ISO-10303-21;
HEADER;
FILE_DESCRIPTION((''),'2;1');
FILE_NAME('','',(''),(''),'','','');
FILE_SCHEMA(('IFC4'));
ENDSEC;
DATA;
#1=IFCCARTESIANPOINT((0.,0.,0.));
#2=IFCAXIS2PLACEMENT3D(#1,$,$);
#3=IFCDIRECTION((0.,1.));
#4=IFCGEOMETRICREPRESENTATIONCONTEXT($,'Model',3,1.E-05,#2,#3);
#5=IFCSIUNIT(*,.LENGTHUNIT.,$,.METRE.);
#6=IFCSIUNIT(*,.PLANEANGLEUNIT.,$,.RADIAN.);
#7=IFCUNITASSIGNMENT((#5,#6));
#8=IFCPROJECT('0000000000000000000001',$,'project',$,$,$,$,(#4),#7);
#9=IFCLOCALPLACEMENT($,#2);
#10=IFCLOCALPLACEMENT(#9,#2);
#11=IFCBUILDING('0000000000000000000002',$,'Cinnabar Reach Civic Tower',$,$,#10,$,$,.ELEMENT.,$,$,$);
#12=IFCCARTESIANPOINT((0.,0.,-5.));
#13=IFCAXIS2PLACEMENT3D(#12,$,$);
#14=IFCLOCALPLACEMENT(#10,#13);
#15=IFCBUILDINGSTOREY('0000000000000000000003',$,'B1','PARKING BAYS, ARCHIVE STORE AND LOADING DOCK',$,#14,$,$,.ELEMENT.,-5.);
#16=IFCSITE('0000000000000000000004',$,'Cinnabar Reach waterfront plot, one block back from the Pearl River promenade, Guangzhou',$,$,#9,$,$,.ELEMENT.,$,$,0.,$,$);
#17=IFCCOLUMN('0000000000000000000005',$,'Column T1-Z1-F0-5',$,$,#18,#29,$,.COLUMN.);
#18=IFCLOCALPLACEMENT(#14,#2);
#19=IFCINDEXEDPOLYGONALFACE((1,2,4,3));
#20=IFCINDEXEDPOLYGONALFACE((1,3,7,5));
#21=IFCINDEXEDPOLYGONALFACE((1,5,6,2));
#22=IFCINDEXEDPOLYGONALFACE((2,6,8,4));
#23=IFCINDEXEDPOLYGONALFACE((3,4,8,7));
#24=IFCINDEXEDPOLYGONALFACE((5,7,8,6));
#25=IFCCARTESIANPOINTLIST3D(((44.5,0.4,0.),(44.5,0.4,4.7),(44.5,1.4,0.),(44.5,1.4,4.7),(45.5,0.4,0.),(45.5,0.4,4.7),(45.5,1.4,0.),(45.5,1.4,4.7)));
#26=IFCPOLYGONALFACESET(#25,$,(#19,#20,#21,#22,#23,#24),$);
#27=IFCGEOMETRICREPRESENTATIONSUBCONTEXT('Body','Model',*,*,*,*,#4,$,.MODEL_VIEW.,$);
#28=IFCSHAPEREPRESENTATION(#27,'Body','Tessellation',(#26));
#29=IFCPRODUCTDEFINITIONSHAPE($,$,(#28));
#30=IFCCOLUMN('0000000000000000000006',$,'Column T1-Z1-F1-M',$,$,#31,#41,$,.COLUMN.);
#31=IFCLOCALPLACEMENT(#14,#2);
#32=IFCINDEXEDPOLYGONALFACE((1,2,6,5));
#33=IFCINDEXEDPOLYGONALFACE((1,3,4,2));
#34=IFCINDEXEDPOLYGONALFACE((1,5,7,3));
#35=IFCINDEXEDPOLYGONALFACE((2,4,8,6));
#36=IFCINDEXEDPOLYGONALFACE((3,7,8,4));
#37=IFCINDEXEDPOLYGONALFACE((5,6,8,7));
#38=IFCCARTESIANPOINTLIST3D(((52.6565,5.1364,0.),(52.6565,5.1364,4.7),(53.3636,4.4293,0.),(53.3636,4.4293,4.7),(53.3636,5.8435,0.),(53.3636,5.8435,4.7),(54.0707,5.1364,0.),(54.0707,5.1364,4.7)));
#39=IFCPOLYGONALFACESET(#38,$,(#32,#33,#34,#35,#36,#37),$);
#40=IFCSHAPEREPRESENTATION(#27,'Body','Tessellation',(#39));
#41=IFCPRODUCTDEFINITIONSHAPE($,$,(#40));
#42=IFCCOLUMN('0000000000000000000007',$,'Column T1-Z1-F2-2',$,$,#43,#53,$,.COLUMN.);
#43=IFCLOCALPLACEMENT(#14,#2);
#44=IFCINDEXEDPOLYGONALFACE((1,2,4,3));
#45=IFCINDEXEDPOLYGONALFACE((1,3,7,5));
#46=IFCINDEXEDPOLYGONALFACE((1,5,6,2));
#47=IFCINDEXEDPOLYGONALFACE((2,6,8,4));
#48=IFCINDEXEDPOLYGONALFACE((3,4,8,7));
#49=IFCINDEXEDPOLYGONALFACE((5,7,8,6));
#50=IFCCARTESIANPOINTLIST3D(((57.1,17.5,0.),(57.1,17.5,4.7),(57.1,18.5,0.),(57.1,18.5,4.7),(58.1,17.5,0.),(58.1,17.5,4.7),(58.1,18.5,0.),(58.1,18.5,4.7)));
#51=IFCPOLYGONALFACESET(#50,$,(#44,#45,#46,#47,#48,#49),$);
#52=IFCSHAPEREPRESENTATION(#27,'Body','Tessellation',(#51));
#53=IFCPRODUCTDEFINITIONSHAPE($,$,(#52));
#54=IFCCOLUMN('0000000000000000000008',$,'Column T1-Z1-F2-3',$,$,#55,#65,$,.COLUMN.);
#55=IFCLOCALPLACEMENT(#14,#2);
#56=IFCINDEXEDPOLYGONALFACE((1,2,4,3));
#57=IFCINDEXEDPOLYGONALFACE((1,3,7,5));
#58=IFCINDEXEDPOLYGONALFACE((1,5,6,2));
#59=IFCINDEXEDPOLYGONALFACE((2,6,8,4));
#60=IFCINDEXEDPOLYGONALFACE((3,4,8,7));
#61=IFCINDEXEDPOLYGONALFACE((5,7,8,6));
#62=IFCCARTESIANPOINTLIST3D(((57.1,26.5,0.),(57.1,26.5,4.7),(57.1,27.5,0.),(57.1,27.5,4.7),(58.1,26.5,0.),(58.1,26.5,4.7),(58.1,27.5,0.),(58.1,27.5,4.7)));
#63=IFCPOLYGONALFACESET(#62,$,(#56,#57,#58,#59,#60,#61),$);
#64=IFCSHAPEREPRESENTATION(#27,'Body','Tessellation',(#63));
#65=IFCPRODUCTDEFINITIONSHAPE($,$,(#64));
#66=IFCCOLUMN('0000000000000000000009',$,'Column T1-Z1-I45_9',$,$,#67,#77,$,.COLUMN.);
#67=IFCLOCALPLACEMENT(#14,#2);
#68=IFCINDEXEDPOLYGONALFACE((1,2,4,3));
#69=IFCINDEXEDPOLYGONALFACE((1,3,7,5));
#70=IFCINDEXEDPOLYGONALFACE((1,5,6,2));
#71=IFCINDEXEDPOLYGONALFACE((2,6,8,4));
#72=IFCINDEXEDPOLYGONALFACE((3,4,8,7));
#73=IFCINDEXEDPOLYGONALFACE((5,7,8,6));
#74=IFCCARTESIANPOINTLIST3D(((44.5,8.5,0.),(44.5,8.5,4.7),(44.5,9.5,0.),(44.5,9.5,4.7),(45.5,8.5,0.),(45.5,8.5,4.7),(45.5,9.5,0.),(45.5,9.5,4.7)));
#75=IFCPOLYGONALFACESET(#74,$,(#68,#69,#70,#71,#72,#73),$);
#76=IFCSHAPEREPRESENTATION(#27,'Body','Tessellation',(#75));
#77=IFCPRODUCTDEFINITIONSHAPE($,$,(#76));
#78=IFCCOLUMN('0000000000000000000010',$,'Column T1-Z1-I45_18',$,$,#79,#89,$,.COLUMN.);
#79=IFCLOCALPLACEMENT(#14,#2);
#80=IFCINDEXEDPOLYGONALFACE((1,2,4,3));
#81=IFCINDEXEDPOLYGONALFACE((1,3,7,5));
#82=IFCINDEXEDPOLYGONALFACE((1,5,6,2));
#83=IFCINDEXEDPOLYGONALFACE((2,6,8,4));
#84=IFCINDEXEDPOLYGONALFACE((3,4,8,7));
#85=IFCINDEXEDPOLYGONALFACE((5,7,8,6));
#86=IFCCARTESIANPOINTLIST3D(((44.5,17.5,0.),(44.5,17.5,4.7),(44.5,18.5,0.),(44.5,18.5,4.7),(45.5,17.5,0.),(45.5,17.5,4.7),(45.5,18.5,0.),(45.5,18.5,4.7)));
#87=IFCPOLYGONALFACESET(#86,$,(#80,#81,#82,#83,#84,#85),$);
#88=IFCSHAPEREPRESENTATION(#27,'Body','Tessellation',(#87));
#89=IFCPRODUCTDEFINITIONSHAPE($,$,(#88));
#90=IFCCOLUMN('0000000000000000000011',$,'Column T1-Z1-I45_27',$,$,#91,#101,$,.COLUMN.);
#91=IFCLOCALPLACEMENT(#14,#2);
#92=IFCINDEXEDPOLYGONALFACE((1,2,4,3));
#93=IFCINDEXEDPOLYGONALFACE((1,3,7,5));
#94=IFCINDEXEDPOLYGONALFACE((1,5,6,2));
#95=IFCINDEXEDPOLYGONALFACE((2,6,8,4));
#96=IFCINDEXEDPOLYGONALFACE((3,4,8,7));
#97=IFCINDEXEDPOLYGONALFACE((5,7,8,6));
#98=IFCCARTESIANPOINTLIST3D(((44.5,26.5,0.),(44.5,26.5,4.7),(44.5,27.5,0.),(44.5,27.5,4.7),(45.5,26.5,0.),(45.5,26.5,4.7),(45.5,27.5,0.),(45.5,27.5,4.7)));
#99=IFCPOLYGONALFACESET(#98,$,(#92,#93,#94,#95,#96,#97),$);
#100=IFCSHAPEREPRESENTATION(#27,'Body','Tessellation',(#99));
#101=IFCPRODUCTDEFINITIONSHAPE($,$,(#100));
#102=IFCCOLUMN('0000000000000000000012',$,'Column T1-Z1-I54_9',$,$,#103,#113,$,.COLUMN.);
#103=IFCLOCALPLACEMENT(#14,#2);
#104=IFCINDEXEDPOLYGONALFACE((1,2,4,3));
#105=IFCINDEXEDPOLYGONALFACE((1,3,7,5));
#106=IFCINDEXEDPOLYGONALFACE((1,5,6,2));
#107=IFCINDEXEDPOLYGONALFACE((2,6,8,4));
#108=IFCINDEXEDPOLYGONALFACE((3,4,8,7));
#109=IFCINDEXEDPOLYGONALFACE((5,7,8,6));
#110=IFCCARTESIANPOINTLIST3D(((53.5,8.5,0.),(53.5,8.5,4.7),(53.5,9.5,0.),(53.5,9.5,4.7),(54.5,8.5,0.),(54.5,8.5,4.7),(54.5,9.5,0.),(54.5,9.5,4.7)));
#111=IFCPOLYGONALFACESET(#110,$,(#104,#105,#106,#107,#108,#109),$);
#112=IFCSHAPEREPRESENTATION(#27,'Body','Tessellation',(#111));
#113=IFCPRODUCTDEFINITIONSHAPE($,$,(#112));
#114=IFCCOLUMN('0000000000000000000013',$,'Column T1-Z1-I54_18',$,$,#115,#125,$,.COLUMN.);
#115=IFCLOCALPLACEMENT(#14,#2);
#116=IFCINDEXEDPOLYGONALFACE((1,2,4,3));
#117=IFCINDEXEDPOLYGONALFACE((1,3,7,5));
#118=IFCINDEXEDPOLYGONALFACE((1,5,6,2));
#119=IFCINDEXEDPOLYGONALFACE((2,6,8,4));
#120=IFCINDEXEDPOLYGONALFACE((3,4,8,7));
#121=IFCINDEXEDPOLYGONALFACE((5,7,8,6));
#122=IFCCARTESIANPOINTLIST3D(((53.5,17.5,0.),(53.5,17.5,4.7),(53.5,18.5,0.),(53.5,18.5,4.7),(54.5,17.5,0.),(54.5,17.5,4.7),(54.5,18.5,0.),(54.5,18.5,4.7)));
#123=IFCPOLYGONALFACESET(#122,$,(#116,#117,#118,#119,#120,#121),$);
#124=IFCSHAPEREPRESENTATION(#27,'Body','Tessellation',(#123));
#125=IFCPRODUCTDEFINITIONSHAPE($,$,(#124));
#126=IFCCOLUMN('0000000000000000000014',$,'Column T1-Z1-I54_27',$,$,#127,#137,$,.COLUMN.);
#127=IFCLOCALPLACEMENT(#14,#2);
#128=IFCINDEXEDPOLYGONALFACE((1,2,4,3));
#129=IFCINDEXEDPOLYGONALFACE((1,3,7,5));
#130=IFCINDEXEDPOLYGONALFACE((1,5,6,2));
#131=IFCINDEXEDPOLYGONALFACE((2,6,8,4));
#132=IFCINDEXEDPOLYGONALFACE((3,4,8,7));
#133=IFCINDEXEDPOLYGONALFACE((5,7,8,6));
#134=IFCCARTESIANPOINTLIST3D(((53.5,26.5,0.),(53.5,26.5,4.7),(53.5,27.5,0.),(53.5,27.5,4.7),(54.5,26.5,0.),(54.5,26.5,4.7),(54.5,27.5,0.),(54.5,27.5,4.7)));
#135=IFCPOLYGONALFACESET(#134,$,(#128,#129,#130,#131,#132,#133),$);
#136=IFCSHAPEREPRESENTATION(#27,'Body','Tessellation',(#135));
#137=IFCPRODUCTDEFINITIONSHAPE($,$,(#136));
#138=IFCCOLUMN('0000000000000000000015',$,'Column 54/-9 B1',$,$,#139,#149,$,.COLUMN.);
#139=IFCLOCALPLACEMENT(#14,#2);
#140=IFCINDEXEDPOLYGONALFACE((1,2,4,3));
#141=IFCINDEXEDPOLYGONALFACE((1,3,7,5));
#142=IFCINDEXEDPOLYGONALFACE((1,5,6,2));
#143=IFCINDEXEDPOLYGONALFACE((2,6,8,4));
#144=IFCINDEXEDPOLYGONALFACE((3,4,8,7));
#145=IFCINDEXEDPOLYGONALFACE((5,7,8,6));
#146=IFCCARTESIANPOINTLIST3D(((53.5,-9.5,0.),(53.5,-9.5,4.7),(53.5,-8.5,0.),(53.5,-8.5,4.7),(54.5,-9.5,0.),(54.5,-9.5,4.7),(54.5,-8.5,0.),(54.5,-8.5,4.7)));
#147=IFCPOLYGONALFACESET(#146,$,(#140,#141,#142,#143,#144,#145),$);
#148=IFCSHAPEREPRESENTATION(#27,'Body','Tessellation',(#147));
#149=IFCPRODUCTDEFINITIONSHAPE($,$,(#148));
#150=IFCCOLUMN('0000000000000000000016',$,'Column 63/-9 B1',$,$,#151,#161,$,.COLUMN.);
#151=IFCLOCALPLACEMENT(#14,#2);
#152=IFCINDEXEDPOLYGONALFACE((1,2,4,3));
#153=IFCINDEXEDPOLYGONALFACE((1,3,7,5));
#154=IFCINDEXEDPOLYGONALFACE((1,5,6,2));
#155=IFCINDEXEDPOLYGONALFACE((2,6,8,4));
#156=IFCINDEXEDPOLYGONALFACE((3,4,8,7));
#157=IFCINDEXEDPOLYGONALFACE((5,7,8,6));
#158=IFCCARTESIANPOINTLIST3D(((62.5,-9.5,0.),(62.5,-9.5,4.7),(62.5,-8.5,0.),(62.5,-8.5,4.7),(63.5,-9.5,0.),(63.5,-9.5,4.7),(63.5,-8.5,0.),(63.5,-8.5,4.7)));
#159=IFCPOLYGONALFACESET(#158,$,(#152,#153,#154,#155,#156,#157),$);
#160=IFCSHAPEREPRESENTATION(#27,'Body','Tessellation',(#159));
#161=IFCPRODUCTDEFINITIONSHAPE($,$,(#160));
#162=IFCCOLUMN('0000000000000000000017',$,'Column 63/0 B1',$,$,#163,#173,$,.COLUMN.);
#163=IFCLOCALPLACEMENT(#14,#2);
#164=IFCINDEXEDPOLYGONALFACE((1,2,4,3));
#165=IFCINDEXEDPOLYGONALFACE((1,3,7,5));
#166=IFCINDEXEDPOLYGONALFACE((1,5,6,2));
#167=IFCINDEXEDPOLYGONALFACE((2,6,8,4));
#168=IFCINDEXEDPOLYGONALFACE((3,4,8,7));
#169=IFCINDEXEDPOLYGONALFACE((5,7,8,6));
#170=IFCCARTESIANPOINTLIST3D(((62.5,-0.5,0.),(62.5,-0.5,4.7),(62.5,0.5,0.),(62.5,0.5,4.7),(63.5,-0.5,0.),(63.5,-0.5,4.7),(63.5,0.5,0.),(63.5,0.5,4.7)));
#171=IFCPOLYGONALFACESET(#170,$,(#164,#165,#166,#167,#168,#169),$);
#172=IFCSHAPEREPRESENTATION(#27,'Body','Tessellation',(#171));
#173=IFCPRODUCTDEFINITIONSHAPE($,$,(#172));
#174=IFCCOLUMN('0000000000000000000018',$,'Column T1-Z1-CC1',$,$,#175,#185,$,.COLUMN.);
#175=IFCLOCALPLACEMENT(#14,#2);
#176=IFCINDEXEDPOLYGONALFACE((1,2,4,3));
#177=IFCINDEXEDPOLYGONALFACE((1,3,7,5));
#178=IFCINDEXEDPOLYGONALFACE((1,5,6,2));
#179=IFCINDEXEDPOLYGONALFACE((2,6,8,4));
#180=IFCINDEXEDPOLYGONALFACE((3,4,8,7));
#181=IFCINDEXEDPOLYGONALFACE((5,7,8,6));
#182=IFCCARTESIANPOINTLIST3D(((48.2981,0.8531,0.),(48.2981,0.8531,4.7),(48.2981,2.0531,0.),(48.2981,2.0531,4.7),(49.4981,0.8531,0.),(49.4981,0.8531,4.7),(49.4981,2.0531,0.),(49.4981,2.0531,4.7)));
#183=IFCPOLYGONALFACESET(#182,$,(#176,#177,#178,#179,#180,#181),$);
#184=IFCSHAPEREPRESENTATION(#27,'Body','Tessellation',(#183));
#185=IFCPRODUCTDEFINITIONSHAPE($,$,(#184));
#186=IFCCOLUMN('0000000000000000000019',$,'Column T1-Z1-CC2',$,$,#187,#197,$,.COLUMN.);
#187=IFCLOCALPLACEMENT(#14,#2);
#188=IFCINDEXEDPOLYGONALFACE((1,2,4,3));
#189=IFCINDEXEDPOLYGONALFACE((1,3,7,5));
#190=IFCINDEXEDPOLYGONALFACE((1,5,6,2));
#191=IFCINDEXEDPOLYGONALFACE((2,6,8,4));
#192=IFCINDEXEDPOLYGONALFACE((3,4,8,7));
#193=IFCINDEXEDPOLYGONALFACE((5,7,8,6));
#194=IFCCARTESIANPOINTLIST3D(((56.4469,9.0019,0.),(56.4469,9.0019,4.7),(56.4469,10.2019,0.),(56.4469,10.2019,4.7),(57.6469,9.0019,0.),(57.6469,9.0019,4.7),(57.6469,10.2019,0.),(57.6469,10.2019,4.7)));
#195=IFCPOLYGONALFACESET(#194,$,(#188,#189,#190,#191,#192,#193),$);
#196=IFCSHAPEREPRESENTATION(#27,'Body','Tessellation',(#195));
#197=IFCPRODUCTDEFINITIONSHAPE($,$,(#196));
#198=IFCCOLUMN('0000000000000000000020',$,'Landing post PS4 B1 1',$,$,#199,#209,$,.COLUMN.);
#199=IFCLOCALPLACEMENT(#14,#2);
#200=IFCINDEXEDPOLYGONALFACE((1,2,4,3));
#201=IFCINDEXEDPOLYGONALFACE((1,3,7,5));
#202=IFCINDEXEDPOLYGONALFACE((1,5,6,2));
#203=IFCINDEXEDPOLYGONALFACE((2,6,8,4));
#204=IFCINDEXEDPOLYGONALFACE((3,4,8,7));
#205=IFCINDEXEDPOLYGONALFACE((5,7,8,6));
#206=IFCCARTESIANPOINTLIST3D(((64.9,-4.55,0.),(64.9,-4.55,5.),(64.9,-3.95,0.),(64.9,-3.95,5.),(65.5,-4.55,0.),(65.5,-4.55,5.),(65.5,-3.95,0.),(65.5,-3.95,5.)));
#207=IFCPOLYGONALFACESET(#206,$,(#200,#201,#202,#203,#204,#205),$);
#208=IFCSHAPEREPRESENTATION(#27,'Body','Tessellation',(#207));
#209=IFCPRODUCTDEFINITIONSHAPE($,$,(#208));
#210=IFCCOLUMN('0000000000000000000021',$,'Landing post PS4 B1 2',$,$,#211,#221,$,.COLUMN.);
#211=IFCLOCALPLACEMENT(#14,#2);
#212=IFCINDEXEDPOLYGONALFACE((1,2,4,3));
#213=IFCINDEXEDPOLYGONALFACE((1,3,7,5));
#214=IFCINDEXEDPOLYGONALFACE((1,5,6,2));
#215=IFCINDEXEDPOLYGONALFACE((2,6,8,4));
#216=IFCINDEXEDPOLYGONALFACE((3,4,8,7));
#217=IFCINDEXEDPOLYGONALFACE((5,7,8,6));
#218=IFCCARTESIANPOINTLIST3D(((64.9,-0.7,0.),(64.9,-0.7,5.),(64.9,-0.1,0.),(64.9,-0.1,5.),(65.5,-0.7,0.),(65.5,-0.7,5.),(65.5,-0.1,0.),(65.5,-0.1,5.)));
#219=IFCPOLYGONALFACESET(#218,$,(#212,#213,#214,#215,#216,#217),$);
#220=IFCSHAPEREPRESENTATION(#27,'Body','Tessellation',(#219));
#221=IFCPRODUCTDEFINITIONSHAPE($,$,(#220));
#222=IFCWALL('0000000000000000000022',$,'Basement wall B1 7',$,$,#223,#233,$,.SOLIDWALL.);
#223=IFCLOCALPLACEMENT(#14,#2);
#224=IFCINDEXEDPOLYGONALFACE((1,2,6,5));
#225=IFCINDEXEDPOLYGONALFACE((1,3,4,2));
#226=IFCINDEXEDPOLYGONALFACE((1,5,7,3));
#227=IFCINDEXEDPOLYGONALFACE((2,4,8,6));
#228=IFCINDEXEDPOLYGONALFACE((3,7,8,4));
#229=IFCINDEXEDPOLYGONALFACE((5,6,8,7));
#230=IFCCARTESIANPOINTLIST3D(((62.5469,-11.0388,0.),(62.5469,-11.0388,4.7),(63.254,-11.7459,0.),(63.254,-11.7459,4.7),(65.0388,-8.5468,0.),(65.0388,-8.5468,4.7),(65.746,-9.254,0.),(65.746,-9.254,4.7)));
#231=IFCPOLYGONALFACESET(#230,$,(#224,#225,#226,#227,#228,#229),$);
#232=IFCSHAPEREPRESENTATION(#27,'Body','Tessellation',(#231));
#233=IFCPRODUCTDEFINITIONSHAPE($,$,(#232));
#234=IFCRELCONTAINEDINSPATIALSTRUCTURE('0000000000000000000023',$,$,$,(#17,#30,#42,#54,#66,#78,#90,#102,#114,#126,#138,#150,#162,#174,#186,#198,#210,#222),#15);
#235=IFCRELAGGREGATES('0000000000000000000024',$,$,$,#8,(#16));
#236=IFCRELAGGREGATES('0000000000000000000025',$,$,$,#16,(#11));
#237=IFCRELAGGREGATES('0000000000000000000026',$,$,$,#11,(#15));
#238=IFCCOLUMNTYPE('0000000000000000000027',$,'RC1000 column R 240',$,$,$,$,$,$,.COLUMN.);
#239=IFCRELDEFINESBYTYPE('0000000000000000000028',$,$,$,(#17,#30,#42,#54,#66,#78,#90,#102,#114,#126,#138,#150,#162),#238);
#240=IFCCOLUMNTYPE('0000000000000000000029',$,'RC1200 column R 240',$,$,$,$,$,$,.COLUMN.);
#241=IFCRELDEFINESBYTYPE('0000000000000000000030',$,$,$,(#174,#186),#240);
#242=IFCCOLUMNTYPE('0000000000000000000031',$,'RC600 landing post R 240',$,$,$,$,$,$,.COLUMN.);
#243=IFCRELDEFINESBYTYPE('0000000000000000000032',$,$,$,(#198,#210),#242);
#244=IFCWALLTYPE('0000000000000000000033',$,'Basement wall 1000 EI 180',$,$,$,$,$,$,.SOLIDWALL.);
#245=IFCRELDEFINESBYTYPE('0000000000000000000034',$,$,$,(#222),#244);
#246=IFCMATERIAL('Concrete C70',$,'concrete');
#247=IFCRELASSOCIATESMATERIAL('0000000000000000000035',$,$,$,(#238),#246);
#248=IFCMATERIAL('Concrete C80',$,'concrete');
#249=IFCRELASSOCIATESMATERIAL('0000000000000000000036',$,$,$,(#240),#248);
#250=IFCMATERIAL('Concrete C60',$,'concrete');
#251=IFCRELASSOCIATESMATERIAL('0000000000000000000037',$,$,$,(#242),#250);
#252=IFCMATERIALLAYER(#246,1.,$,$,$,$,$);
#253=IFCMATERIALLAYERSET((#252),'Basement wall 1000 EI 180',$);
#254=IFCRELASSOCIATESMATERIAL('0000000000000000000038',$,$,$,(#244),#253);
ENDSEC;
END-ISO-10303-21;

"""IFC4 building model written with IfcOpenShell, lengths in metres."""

from ifc_helpers import new_model, si_unit, direction, frame, frame_2d, origin, origin_2d, place, context, subcontext, project, spatial, rectangle, extrude, material, layer, layer_set, material_profile, profile_set, type_object, element, save


model = new_model("IFC4")

# Units and contexts
model_context = context("Model", 3, precision=1e-05, world=origin(), true_north=direction((0.0, 1.0)))
body_context = subcontext(model_context, "Body", "Model", "MODEL_VIEW")
ifc_project = project(units=[si_unit("LENGTHUNIT", "METRE"), si_unit("PLANEANGLEUNIT", "RADIAN")], contexts=[model_context])

# Site, building, storey
site_placement = place(None, origin())
site = spatial("IfcSite", under=ifc_project, at=site_placement, Name="Cinnabar Reach waterfront plot, one block back from the Pearl River promenade, Guangzhou", CompositionType="ELEMENT", RefElevation=0.0)
building_placement = place(site_placement, origin())
building = spatial("IfcBuilding", under=site, at=building_placement, Name="Cinnabar Reach Civic Tower", CompositionType="ELEMENT")
storey_placement = place(building_placement, frame((0.0, 0.0, -5.0)))
storey = spatial("IfcBuildingStorey", under=building, at=storey_placement, Name="B1", Description="PARKING BAYS, ARCHIVE STORE AND LOADING DOCK", CompositionType="ELEMENT", Elevation=-5.0)

# Columns
ifc_material_1 = material(Name="Concrete C70", Category="concrete")
ifc_material_profile_1 = material_profile(ifc_material_1, rectangle(XDim=1.0, YDim=1.0, at=origin_2d()), Name="RC1000")
ifc_profile_set_1 = profile_set([ifc_material_profile_1], Name="Concrete C70")
column_type_1 = type_object("IfcColumnType", Name="RC1000 column R 240", PredefinedType="COLUMN", material=ifc_profile_set_1)
for number, where, z_axis, x_axis, name in (
    (1, (45.0, 0.9, 0.0), (0.0, 0.0, 1.0), (1.0, 0.0, 0.0), "Column T1-Z1-F0-5"),
    (2, (53.3636, 5.1364, 0.0), (0.0, 0.0, 1.0), (0.707107, 0.707107, 0.0), "Column T1-Z1-F1-M"),
    (3, (57.6, 18.0, 0.0), (0.0, 0.0, 1.0), (1.0, 0.0, 0.0), "Column T1-Z1-F2-2"),
    (4, (57.6, 27.0, 0.0), (0.0, 0.0, 1.0), (1.0, 0.0, 0.0), "Column T1-Z1-F2-3"),
    (5, (45.0, 9.0, 0.0), (0.0, 0.0, 1.0), (1.0, 0.0, 0.0), "Column T1-Z1-I45_9"),
    (6, (45.0, 18.0, 0.0), (0.0, 0.0, 1.0), (1.0, 0.0, 0.0), "Column T1-Z1-I45_18"),
    (7, (45.0, 27.0, 0.0), (0.0, 0.0, 1.0), (1.0, 0.0, 0.0), "Column T1-Z1-I45_27"),
    (8, (54.0, 9.0, 0.0), (0.0, 0.0, 1.0), (1.0, 0.0, 0.0), "Column T1-Z1-I54_9"),
    (9, (54.0, 18.0, 0.0), (0.0, 0.0, 1.0), (1.0, 0.0, 0.0), "Column T1-Z1-I54_18"),
    (10, (54.0, 27.0, 0.0), (0.0, 0.0, 1.0), (1.0, 0.0, 0.0), "Column T1-Z1-I54_27"),
    (11, (54.0, -9.0, 0.0), (0.0, 0.0, 1.0), (1.0, 0.0, 0.0), "Column 54/-9 B1"),
    (12, (63.0, -9.0, 0.0), (0.0, 0.0, 1.0), (1.0, 0.0, 0.0), "Column 63/-9 B1"),
    (13, (63.0, 0.0, 0.0), (0.0, 0.0, 1.0), (1.0, 0.0, 0.0), "Column 63/0 B1"),
):
    element("IfcColumn", number, at=place(storey_placement, frame(where, z_axis=z_axis, x_axis=x_axis)), inside=storey, type_object=column_type_1, Name=name, PredefinedType="COLUMN", context=body_context, shape_type="SweptSolid", body=[
        extrude(rectangle(XDim=1.0, YDim=1.0, at=origin_2d()), origin(), (0.0, 0.0, 1.0), 4.7),
    ])
ifc_material_2 = material(Name="Concrete C80", Category="concrete")
ifc_material_profile_2 = material_profile(ifc_material_2, rectangle(XDim=1.2, YDim=1.2, at=origin_2d()), Name="RC1200")
ifc_profile_set_2 = profile_set([ifc_material_profile_2], Name="Concrete C80")
column_type_2 = type_object("IfcColumnType", Name="RC1200 column R 240", PredefinedType="COLUMN", material=ifc_profile_set_2)
for number, where, z_axis, x_axis, name in (
    (14, (48.8981, 1.4531, 0.0), (0.0, 0.0, 1.0), (1.0, 0.0, 0.0), "Column T1-Z1-CC1"),
    (15, (57.0469, 9.6019, 0.0), (0.0, 0.0, 1.0), (1.0, 0.0, 0.0), "Column T1-Z1-CC2"),
):
    element("IfcColumn", number, at=place(storey_placement, frame(where, z_axis=z_axis, x_axis=x_axis)), inside=storey, type_object=column_type_2, Name=name, PredefinedType="COLUMN", context=body_context, shape_type="SweptSolid", body=[
        extrude(rectangle(XDim=1.2, YDim=1.2, at=origin_2d()), origin(), (0.0, 0.0, 1.0), 4.7),
    ])
ifc_material_3 = material(Name="Concrete C60", Category="concrete")
ifc_material_profile_3 = material_profile(ifc_material_3, rectangle(XDim=0.6, YDim=0.6, at=origin_2d()), Name="RC600")
ifc_profile_set_3 = profile_set([ifc_material_profile_3], Name="Concrete C60")
column_type_3 = type_object("IfcColumnType", Name="RC600 landing post R 240", PredefinedType="COLUMN", material=ifc_profile_set_3)
for number, where, z_axis, x_axis, name in (
    (16, (65.2, -4.25, 0.0), (0.0, 0.0, 1.0), (1.0, 0.0, 0.0), "Landing post PS4 B1 1"),
    (17, (65.2, -0.4, 0.0), (0.0, 0.0, 1.0), (1.0, 0.0, 0.0), "Landing post PS4 B1 2"),
):
    element("IfcColumn", number, at=place(storey_placement, frame(where, z_axis=z_axis, x_axis=x_axis)), inside=storey, type_object=column_type_3, Name=name, PredefinedType="COLUMN", context=body_context, shape_type="SweptSolid", body=[
        extrude(rectangle(XDim=0.6, YDim=0.6, at=origin_2d()), origin(), (0.0, 0.0, 1.0), 5.0),
    ])

# Wall
ifc_layer_1 = layer(ifc_material_1, 1.0)
ifc_layer_set_1 = layer_set([ifc_layer_1], Name="Basement wall 1000 EI 180")
wall_type_1 = type_object("IfcWallType", Name="Basement wall 1000 EI 180", PredefinedType="SOLIDWALL", material=ifc_layer_set_1)
wall_1_placement = place(storey_placement, frame((65.3924, -8.9004, 0.0), z_axis=(0.0, 0.0, 1.0), x_axis=(-0.707107, -0.707107, 0.0)))
element("IfcWall", 18, at=wall_1_placement, inside=storey, type_object=wall_type_1, Name="Basement wall B1 7", PredefinedType="SOLIDWALL", context=body_context, shape_type="SweptSolid", body=[
    extrude(rectangle(XDim=3.5242, YDim=1.0, at=frame_2d((1.7621, 0.0))), origin(), (0.0, 0.0, 1.0), 4.7),
])

save(model, "model.ifc")
